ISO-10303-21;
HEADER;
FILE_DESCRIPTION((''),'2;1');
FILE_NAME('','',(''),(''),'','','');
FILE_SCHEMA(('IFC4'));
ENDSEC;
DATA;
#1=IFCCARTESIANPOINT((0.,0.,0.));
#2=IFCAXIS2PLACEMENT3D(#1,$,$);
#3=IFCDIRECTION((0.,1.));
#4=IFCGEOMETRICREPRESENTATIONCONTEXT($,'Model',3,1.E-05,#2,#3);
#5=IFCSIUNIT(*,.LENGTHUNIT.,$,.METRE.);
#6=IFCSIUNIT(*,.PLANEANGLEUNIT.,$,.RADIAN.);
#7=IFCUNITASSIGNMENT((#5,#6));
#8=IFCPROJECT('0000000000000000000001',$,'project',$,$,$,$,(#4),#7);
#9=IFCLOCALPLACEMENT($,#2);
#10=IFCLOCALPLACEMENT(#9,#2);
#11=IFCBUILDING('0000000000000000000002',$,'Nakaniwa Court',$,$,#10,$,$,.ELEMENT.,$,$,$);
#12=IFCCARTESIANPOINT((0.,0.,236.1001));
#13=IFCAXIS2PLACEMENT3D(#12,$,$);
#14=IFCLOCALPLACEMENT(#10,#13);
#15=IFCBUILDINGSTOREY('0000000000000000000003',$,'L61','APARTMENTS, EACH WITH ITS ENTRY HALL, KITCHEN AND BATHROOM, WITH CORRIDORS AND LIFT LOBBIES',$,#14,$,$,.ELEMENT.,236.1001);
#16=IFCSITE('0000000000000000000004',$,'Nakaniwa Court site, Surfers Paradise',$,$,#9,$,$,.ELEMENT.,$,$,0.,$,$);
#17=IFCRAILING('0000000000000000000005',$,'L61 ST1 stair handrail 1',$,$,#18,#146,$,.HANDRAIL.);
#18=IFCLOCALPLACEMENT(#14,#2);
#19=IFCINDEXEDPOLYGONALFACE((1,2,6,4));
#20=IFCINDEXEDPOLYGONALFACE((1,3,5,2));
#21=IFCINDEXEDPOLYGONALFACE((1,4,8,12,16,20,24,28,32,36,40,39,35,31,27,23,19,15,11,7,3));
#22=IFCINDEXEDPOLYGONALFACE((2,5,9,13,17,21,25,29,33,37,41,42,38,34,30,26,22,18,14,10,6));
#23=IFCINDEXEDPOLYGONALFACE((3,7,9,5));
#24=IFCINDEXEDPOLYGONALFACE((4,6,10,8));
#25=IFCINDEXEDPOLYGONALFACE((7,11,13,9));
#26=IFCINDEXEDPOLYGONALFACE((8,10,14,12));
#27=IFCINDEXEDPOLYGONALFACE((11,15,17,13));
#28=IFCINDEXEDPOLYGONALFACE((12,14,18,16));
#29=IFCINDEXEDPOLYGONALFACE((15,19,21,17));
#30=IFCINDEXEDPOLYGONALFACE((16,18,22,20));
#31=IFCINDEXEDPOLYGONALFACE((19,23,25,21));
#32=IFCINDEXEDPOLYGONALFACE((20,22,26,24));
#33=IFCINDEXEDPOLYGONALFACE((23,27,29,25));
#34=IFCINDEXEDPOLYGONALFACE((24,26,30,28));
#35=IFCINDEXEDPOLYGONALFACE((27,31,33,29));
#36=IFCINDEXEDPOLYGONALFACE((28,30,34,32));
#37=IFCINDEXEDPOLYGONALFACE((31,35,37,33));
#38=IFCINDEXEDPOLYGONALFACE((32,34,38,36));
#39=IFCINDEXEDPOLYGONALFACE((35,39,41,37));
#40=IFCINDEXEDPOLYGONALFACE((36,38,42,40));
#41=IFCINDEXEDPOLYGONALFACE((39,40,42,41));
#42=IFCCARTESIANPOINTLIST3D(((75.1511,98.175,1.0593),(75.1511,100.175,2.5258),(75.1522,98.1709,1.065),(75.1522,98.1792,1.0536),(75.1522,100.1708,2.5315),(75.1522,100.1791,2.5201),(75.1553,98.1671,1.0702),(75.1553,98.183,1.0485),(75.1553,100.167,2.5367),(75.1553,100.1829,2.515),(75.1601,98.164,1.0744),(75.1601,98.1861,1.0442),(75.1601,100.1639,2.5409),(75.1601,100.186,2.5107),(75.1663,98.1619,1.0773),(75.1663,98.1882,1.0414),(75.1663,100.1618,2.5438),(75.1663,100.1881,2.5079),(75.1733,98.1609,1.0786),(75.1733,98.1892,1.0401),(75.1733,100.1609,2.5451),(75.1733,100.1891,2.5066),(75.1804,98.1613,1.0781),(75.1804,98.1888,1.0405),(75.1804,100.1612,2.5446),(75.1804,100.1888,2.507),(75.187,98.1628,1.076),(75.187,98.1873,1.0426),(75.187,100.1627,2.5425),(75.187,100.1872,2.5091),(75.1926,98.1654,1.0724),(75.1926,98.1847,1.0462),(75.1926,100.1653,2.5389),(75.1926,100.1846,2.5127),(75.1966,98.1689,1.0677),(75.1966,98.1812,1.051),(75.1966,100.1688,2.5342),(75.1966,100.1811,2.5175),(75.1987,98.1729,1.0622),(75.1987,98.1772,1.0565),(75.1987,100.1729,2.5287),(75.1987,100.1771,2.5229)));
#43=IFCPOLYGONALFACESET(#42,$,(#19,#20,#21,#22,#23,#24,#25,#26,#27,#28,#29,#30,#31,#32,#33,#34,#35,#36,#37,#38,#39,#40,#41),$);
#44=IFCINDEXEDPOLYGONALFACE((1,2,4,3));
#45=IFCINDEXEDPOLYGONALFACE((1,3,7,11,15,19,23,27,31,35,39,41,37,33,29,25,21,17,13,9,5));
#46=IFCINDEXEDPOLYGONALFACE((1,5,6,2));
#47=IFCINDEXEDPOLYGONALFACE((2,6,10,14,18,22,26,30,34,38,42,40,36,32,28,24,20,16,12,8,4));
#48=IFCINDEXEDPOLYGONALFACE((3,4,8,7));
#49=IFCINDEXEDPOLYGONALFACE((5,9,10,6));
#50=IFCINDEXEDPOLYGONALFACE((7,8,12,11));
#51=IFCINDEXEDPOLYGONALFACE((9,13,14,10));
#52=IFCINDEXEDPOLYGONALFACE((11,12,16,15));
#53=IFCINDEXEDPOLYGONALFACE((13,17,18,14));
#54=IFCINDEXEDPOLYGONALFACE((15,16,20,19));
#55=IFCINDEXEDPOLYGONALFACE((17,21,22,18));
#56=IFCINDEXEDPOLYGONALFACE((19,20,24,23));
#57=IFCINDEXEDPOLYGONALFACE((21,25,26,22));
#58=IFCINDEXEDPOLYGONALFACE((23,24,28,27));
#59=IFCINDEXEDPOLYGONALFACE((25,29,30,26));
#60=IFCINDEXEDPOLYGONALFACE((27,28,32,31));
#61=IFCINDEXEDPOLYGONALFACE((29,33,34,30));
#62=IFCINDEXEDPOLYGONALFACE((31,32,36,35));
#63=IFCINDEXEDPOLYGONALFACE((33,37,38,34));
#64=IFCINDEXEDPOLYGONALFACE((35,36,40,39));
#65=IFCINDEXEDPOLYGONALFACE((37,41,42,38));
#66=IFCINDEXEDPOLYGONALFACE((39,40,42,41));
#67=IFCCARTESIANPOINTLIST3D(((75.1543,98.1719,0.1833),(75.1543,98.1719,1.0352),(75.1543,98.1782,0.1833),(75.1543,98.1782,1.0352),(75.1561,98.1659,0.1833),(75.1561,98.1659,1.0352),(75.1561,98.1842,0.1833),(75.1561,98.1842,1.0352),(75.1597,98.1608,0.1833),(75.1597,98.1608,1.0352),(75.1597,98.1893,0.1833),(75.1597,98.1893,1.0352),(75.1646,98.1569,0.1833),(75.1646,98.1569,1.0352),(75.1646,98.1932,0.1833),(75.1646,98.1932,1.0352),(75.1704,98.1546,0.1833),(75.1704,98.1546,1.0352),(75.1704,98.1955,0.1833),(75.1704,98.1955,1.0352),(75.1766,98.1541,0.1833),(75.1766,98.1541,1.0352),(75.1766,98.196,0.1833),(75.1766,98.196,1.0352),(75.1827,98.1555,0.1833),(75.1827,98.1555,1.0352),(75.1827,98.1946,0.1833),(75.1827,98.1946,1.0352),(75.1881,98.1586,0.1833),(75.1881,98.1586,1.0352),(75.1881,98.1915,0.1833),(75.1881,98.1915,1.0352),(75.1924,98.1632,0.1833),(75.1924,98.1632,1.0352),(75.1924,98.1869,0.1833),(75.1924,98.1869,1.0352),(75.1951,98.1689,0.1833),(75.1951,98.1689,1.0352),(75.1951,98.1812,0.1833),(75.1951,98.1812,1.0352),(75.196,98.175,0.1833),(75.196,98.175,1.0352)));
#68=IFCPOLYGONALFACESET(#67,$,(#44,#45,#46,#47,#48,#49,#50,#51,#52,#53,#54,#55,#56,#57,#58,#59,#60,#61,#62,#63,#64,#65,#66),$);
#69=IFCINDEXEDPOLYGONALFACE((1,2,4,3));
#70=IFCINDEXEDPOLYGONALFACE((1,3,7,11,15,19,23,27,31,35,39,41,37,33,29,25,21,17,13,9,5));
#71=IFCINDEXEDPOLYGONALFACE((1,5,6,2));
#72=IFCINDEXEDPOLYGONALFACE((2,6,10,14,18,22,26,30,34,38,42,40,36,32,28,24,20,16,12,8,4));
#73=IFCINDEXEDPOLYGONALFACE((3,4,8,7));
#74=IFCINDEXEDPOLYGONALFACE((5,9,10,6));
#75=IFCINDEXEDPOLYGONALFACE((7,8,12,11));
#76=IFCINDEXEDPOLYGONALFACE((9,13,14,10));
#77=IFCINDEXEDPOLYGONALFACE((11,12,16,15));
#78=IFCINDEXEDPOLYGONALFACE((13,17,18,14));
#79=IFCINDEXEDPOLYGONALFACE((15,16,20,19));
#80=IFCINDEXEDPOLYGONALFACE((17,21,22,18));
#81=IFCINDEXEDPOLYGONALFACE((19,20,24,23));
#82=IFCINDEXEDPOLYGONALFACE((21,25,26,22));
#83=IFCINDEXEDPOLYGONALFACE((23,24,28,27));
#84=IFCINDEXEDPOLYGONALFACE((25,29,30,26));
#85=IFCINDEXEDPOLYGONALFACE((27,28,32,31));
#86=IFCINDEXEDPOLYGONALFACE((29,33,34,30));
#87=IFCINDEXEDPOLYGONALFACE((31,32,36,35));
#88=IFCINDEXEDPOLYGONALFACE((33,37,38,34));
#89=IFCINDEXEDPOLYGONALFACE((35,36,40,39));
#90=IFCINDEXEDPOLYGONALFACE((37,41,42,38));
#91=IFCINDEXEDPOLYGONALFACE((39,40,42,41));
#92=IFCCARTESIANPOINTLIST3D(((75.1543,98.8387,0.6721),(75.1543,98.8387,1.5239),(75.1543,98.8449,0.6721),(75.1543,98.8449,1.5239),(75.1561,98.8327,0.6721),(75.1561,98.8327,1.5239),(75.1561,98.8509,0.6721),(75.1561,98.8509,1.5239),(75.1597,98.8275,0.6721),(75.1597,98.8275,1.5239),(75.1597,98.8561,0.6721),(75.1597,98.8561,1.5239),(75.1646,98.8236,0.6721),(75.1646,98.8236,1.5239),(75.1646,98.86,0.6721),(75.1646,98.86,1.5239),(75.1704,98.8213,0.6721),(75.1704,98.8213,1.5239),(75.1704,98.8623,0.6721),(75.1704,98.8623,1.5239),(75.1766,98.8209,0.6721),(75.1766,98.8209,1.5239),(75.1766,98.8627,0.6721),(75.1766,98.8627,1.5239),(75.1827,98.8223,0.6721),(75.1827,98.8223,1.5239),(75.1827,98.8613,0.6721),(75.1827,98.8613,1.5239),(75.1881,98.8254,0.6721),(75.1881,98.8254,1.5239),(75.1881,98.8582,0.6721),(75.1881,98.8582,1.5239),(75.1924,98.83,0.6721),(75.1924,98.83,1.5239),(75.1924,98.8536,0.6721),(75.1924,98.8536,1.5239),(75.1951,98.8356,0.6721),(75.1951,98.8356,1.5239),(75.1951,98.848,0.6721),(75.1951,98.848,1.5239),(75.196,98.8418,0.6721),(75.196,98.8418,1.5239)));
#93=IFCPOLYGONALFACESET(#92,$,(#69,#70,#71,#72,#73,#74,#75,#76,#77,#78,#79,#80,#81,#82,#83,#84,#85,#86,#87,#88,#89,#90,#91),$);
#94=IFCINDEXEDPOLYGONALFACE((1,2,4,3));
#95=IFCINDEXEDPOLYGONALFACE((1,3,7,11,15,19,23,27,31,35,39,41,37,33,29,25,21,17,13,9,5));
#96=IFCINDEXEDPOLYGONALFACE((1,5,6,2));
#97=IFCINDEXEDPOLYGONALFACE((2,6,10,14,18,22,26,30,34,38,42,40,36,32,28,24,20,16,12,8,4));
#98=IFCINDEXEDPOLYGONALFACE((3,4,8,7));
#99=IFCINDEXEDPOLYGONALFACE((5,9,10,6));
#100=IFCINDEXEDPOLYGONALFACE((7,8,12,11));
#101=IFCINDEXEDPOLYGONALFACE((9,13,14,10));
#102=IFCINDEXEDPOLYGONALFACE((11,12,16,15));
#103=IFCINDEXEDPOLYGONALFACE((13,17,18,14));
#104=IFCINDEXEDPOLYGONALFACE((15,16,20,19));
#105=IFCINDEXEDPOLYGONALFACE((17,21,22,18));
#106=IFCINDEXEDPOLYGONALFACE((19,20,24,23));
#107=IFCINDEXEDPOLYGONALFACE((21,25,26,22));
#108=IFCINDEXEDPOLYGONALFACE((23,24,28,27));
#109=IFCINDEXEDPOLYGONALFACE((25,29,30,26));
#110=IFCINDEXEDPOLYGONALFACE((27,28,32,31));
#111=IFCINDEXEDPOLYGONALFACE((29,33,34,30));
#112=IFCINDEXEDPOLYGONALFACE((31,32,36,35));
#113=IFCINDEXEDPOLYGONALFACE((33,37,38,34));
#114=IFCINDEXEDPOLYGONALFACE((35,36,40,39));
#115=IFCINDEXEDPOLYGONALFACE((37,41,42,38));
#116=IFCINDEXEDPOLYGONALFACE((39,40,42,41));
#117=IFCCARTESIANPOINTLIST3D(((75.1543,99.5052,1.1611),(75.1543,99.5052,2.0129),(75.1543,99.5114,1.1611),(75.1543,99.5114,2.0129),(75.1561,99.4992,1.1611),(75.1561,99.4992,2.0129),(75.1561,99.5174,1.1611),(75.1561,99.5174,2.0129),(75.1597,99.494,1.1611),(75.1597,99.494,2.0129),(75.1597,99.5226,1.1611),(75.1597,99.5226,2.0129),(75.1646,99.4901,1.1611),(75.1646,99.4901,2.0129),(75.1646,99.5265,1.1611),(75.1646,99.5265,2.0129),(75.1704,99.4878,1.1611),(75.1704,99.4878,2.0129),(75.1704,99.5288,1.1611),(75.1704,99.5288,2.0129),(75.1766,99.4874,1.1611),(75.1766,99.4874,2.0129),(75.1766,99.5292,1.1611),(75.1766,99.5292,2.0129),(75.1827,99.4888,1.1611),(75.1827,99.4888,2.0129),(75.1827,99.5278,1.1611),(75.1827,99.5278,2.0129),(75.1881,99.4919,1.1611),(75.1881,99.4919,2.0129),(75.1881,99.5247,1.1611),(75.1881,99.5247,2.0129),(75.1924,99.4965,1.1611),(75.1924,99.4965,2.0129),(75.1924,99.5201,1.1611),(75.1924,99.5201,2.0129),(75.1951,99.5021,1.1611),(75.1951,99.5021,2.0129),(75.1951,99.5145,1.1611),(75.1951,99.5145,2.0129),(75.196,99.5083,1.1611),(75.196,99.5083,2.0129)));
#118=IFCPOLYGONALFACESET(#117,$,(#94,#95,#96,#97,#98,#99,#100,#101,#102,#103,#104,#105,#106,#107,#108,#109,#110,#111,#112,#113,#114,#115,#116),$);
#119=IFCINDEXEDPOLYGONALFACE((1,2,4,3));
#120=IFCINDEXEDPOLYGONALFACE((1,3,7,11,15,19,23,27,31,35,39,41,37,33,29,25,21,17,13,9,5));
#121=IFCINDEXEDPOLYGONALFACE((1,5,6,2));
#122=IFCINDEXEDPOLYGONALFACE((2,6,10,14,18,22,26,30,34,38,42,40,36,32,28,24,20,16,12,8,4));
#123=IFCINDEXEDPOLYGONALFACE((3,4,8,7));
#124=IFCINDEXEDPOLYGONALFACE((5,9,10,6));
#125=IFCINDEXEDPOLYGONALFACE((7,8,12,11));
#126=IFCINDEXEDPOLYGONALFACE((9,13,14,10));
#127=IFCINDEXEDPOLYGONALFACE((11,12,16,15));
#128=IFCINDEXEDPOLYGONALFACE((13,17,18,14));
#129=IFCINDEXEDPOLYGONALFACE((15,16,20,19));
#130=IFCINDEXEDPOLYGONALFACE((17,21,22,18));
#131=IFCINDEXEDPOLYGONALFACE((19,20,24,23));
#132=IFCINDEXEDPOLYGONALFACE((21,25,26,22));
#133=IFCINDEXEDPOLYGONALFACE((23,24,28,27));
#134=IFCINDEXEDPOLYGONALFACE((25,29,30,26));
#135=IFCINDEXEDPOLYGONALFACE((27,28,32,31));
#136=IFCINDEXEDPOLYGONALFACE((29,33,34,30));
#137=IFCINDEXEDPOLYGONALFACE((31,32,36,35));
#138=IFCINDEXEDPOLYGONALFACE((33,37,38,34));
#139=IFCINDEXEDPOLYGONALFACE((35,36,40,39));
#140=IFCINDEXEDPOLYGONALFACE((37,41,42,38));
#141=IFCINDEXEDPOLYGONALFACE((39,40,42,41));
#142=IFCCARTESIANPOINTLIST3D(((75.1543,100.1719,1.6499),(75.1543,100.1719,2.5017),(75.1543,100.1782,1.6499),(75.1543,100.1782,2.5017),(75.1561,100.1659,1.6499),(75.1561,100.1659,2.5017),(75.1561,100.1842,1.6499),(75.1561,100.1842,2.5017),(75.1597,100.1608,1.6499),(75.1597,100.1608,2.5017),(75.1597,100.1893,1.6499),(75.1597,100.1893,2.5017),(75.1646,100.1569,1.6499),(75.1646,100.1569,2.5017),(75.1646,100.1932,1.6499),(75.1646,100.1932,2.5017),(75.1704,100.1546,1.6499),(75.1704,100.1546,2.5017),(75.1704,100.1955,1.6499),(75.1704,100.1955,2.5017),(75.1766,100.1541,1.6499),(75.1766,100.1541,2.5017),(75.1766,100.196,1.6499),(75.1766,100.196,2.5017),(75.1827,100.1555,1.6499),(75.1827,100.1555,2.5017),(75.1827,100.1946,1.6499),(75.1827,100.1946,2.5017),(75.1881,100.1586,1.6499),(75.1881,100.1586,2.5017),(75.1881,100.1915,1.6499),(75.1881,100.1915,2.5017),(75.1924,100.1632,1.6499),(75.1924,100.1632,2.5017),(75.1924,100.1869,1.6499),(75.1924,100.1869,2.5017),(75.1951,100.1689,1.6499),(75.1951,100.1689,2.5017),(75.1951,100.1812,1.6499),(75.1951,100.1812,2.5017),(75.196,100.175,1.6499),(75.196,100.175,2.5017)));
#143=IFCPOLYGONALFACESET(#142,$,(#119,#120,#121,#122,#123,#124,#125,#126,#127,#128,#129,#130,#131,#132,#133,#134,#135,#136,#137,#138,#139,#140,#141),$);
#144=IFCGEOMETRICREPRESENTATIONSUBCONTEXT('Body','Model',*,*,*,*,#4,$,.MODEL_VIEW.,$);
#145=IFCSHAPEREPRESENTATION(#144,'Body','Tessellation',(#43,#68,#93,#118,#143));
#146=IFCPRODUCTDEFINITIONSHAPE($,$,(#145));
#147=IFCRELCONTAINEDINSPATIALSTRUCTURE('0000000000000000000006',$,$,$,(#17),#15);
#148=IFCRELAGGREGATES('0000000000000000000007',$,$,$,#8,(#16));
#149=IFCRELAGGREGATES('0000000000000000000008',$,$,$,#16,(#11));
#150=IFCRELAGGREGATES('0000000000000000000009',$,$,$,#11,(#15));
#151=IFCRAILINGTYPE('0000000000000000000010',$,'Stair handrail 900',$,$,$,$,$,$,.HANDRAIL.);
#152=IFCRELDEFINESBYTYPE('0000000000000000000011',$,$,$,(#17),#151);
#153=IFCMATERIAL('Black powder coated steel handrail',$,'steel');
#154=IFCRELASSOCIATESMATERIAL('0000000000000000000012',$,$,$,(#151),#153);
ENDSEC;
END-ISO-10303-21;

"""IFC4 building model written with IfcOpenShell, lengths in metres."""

from ifc_helpers import new_model, si_unit, direction, frame, origin, origin_2d, place, context, subcontext, project, spatial, circle, extrude, material, type_object, element, save


model = new_model("IFC4")

# Units and contexts
model_context = context("Model", 3, precision=1e-05, world=origin(), true_north=direction((0.0, 1.0)))
body_context = subcontext(model_context, "Body", "Model", "MODEL_VIEW")
ifc_project = project(units=[si_unit("LENGTHUNIT", "METRE"), si_unit("PLANEANGLEUNIT", "RADIAN")], contexts=[model_context])

# Site, building, storey
site_placement = place(None, origin())
site = spatial("IfcSite", under=ifc_project, at=site_placement, Name="Nakaniwa Court site, Surfers Paradise", CompositionType="ELEMENT", RefElevation=0.0)
building_placement = place(site_placement, origin())
building = spatial("IfcBuilding", under=site, at=building_placement, Name="Nakaniwa Court", CompositionType="ELEMENT")
storey_placement = place(building_placement, frame((0.0, 0.0, 236.1001)))
storey = spatial("IfcBuildingStorey", under=building, at=storey_placement, Name="L61", Description="APARTMENTS, EACH WITH ITS ENTRY HALL, KITCHEN AND BATHROOM, WITH CORRIDORS AND LIFT LOBBIES", CompositionType="ELEMENT", Elevation=236.1001)

# Railing
ifc_material_1 = material(Name="Black powder coated steel handrail", Category="steel")
railing_type_1 = type_object("IfcRailingType", Name="Stair handrail 900", PredefinedType="HANDRAIL", material=ifc_material_1)
railing_1_placement = place(storey_placement, frame((75.175, 98.175, 0.1833)))
element("IfcRailing", 1, at=railing_1_placement, inside=storey, type_object=railing_type_1, Name="L61 ST1 stair handrail 1", PredefinedType="HANDRAIL", context=body_context, shape_type="SweptSolid", body=[
    extrude(circle(Radius=0.0239, at=origin_2d()), frame((0.0, 0.0, 0.876), z_axis=(0.0, 0.806427, 0.591334), x_axis=(-1.0, 0.0, 0.0)), (0.0, 0.0, 1.0), 2.48),
    extrude(circle(Radius=0.021, at=origin_2d()), origin(), (0.0, 0.0, 1.0), 0.8518),
    extrude(circle(Radius=0.021, at=origin_2d()), frame((0.0, 0.6667, 0.4888)), (0.0, 0.0, 1.0), 0.8518),
    extrude(circle(Radius=0.021, at=origin_2d()), frame((0.0, 1.3333, 0.9778)), (0.0, 0.0, 1.0), 0.8518),
    extrude(circle(Radius=0.021, at=origin_2d()), frame((0.0, 2.0, 1.4666)), (0.0, 0.0, 1.0), 0.8518),
])

save(model, "model.ifc")
